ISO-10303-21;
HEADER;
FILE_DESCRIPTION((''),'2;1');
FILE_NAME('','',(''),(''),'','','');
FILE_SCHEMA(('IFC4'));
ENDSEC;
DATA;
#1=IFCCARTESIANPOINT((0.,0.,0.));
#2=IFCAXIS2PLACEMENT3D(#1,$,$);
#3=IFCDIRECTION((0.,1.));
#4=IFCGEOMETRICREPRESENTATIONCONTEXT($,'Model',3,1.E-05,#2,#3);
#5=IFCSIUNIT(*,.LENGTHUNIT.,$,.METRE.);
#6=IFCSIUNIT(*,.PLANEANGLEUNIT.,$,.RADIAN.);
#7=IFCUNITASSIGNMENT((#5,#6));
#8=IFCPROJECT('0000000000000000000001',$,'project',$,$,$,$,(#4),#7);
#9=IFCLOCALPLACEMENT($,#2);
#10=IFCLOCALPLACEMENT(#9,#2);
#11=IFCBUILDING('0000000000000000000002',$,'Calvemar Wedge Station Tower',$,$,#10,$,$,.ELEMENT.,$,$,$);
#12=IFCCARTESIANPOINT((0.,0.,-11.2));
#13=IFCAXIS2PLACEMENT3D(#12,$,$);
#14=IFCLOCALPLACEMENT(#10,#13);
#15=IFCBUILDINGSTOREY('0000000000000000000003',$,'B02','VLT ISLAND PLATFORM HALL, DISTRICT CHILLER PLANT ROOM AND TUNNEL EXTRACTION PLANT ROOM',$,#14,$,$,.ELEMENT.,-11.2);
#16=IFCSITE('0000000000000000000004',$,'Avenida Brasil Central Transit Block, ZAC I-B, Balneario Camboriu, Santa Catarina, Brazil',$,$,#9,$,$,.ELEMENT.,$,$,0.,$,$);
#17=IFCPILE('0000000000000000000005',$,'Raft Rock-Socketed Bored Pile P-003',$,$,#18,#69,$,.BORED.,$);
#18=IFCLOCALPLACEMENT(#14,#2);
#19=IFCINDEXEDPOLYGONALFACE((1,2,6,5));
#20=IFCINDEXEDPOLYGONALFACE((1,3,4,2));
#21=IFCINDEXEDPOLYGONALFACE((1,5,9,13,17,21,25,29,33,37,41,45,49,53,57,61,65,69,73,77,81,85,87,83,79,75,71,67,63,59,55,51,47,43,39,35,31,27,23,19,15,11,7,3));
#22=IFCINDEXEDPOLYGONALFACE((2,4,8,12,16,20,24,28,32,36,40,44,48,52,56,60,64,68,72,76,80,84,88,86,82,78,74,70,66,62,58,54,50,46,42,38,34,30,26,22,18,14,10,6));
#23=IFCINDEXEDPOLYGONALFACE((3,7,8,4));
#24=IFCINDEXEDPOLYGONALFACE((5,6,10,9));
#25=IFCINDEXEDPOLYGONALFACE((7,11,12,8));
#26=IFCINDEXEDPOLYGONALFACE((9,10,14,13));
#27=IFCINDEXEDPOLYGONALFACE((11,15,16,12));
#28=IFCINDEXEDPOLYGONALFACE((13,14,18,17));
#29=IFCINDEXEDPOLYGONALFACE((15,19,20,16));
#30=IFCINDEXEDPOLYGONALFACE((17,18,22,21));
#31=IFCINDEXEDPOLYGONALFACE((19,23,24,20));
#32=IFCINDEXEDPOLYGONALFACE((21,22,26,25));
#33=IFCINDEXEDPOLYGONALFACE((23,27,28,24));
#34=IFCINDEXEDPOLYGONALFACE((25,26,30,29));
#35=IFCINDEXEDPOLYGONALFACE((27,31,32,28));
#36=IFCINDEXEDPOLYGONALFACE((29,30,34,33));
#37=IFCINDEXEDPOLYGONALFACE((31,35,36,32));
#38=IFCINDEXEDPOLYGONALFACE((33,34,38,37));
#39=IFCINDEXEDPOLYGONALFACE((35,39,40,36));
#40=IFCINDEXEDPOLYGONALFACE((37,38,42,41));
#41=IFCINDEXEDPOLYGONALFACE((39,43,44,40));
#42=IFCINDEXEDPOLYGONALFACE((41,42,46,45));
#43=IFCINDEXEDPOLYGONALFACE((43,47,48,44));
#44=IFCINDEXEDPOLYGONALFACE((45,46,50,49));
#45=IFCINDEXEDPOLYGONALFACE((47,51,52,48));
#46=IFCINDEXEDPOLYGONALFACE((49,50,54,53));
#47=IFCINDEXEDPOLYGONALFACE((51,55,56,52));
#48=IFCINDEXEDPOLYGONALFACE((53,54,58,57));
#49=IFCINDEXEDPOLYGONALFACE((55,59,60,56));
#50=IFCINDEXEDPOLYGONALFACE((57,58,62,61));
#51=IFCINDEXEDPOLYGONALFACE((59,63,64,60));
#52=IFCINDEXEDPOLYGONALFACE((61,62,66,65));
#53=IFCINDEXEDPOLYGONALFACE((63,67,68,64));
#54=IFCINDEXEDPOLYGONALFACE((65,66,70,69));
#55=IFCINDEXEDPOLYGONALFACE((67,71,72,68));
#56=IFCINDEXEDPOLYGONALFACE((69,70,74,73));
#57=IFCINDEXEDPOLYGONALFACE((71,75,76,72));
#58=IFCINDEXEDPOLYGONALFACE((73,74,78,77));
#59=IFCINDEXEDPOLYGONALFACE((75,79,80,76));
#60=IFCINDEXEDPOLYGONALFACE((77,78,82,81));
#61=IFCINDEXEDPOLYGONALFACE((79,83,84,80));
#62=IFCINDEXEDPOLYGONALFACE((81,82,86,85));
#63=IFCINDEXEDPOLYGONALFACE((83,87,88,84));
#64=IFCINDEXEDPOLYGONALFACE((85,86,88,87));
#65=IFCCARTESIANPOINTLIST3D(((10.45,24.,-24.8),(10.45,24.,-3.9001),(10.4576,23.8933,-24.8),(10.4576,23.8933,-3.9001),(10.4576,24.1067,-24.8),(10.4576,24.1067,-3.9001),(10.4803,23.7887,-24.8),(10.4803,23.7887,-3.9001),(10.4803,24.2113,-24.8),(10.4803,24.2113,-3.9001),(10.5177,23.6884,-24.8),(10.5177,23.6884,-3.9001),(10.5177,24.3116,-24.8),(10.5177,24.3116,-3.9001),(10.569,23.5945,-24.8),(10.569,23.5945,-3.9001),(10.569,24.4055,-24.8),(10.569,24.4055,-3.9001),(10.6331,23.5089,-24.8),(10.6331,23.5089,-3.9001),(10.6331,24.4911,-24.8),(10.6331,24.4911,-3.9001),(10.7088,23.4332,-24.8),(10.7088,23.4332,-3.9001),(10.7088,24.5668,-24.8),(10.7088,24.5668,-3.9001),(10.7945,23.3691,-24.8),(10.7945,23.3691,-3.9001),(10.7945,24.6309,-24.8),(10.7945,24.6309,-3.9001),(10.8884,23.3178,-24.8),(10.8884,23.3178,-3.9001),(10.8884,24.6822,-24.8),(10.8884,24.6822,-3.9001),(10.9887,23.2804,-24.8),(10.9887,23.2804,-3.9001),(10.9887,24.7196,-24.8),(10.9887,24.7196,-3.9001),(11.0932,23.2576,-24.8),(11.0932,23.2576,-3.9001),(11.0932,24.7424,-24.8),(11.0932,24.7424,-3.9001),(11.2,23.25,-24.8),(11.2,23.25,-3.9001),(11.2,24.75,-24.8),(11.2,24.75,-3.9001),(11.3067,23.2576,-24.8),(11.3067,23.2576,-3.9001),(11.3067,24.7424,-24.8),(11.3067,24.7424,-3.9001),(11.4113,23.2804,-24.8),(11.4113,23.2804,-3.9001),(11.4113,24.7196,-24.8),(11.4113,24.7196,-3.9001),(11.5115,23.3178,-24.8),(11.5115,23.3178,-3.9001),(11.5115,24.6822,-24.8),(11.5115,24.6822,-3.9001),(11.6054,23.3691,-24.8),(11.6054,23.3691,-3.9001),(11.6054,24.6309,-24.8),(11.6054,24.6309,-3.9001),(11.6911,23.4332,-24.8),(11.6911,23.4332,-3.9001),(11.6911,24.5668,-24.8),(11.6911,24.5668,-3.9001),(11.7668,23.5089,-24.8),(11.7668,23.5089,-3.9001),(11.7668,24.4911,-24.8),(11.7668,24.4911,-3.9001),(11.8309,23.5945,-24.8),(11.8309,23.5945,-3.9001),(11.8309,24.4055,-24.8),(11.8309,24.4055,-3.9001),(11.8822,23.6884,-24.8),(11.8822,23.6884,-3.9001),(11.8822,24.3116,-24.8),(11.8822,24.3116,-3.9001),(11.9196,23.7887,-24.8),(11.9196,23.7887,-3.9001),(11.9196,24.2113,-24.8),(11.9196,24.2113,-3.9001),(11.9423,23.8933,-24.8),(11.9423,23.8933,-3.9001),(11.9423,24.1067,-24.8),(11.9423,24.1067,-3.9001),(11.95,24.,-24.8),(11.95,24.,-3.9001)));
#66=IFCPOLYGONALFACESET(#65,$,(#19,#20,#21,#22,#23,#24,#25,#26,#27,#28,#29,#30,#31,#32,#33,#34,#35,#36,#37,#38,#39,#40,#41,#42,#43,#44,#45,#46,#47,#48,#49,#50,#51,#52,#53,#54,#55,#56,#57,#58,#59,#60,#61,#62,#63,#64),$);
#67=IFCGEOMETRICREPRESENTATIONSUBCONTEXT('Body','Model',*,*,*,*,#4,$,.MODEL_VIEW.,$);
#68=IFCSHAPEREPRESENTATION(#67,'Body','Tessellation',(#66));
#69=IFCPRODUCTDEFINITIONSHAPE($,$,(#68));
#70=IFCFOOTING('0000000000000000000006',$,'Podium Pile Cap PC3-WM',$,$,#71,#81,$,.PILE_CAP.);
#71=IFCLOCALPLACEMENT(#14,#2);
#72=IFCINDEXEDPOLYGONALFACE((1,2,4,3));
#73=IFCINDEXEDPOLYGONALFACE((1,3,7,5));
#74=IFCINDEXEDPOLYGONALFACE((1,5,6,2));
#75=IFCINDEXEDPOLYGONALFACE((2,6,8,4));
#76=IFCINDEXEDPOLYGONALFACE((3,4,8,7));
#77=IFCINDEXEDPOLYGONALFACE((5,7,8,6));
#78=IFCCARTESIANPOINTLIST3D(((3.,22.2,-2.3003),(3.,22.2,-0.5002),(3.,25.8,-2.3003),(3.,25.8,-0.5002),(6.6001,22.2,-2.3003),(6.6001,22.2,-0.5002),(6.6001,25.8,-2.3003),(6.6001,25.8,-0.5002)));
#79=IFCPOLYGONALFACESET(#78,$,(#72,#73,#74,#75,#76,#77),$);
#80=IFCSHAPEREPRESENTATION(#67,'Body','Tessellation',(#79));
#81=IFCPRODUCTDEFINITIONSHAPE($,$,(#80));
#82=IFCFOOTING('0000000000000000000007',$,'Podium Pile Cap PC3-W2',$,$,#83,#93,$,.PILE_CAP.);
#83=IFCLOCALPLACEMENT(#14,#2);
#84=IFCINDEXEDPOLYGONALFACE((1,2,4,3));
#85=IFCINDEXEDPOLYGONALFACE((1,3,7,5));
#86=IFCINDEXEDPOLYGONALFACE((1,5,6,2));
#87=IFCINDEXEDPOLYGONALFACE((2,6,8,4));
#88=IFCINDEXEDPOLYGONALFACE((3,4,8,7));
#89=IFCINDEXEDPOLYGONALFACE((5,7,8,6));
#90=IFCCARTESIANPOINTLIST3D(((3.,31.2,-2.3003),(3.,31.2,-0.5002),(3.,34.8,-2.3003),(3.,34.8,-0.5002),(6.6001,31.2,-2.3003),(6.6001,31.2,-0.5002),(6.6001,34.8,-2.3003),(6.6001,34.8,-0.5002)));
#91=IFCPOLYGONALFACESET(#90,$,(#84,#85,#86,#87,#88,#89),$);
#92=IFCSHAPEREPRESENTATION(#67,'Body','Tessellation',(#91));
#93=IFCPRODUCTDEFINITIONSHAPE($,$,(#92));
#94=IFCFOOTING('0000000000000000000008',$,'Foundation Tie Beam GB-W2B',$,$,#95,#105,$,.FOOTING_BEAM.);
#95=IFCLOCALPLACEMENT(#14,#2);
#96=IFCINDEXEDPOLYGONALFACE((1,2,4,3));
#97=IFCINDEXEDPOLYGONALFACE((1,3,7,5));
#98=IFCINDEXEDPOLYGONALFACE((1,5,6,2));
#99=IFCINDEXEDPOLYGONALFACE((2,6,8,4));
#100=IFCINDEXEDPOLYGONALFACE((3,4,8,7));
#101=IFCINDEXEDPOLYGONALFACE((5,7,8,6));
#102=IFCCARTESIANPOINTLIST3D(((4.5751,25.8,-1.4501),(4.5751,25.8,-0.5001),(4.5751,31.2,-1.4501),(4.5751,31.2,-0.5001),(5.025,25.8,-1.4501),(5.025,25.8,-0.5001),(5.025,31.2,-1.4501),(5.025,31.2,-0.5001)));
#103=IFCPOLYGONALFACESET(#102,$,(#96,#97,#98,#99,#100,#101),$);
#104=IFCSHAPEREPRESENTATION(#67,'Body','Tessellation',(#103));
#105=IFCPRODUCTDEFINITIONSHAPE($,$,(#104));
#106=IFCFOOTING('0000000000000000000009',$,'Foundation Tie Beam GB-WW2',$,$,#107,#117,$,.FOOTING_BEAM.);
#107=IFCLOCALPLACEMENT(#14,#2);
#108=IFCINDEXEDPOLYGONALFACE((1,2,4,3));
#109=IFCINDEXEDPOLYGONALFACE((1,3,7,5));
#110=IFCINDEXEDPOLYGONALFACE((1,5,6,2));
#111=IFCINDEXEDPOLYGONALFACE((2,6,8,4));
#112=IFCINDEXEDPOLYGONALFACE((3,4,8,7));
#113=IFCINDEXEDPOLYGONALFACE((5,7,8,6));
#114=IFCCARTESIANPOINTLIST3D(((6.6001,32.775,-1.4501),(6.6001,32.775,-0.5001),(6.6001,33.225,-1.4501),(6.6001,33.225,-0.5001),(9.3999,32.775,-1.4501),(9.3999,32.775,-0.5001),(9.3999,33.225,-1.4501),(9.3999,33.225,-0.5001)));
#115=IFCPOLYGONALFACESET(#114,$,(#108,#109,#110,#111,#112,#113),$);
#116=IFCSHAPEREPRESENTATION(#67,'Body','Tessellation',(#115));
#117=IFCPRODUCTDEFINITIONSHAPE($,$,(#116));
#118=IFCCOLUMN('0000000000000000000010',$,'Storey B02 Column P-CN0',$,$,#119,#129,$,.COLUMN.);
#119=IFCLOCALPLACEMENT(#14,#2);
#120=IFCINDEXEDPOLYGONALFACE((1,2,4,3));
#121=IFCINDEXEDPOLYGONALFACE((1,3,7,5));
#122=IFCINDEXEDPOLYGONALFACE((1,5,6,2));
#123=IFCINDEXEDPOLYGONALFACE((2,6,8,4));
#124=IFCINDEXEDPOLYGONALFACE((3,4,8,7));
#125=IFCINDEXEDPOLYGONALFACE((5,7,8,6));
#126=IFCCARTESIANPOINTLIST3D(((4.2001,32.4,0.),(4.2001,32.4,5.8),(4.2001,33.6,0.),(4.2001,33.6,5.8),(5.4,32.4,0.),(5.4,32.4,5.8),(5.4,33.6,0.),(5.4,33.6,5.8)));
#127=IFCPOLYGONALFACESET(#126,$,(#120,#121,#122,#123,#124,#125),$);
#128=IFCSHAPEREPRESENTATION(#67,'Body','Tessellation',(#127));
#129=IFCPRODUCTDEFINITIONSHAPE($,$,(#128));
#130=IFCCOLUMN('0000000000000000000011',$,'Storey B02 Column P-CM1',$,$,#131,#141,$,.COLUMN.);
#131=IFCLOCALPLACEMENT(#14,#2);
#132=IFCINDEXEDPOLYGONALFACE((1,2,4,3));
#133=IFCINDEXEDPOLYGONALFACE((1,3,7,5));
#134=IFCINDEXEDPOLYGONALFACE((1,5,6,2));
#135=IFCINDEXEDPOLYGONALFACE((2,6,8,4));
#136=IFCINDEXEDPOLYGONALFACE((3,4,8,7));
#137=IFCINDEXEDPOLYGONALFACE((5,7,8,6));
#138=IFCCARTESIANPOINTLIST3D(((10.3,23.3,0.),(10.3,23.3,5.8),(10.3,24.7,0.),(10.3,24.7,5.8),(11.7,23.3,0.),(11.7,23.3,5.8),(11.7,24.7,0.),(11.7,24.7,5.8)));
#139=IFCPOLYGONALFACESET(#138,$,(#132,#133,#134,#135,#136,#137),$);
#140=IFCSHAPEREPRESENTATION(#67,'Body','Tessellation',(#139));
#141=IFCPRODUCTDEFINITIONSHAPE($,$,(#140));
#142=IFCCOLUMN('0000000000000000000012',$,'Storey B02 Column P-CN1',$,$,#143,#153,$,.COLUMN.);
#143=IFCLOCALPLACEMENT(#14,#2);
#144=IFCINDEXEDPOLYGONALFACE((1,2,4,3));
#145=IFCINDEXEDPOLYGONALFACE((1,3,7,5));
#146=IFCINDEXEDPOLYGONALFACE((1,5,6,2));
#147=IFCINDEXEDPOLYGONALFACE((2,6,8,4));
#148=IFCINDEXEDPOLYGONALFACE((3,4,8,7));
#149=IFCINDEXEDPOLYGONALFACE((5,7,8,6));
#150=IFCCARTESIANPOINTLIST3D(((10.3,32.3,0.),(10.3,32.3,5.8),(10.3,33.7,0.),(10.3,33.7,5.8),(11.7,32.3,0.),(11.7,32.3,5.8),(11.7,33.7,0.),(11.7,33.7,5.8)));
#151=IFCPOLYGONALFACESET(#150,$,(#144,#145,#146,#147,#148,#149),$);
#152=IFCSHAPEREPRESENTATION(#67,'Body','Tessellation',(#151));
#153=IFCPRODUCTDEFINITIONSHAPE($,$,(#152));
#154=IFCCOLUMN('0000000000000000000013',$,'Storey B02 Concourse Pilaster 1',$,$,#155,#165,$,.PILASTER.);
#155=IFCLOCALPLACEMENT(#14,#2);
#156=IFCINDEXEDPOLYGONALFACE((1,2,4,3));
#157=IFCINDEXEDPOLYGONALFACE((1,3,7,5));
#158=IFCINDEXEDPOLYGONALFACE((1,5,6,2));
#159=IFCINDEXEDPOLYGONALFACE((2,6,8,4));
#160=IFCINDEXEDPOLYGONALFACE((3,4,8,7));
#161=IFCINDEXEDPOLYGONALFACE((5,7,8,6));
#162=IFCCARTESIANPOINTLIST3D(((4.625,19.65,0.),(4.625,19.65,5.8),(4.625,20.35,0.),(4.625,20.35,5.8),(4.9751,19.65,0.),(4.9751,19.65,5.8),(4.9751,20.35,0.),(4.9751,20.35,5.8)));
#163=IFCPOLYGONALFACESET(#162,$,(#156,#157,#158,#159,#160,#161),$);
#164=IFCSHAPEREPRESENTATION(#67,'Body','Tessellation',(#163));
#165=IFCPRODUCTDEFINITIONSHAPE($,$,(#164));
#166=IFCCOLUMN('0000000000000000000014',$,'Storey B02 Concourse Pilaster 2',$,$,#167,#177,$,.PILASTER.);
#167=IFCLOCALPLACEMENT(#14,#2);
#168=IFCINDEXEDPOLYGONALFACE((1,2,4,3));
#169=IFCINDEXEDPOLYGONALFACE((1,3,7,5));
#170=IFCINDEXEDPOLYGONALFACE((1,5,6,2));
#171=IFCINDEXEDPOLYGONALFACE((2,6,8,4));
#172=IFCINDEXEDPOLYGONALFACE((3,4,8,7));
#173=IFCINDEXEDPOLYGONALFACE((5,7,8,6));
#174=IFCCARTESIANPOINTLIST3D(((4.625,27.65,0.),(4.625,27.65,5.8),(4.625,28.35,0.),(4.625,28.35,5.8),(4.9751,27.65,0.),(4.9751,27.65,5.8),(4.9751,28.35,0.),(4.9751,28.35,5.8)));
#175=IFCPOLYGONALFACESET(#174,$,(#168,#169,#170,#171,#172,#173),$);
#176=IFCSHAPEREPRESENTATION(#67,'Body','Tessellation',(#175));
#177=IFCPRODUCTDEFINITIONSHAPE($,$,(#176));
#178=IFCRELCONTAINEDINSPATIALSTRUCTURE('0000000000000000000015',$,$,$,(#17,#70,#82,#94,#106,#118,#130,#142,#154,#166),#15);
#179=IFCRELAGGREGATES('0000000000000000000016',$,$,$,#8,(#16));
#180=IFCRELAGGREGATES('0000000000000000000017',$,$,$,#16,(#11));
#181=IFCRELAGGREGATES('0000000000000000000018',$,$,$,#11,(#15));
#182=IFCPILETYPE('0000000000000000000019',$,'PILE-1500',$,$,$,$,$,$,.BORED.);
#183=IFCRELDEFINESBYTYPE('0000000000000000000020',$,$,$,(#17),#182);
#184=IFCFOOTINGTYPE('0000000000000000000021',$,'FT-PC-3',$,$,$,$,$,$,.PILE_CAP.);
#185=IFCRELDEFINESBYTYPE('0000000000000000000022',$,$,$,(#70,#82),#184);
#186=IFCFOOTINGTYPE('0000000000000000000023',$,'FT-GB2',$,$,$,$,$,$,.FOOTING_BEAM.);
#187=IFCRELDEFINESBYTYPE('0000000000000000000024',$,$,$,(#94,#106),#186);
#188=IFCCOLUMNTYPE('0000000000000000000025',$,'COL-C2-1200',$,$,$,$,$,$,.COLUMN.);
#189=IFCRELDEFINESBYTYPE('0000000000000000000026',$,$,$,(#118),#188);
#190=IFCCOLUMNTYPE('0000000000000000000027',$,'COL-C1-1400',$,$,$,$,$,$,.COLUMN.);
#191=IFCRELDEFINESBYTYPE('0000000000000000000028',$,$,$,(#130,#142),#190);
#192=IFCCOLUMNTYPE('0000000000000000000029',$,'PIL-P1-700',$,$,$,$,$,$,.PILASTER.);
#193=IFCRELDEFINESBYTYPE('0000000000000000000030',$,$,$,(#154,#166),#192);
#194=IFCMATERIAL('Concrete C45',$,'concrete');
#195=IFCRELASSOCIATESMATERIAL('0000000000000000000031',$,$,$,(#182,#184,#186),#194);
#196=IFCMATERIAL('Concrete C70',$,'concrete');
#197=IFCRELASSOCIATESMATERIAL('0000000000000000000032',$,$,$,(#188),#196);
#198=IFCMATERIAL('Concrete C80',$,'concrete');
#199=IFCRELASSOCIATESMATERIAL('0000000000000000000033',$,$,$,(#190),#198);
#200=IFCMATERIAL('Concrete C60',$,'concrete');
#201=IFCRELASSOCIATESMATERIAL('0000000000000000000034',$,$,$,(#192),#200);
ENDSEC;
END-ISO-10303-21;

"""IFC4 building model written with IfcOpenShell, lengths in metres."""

from ifc_helpers import new_model, si_unit, direction, frame, origin, origin_2d, place, context, subcontext, project, spatial, rectangle, circle, extrude, source, transform, mapped, material, material_profile, profile_set, type_object, element, save


model = new_model("IFC4")

# Units and contexts
model_context = context("Model", 3, precision=1e-05, world=origin(), true_north=direction((0.0, 1.0)))
body_context = subcontext(model_context, "Body", "Model", "MODEL_VIEW")
ifc_project = project(units=[si_unit("LENGTHUNIT", "METRE"), si_unit("PLANEANGLEUNIT", "RADIAN")], contexts=[model_context])

# Site, building, storey
site_placement = place(None, origin())
site = spatial("IfcSite", under=ifc_project, at=site_placement, Name="Avenida Brasil Central Transit Block, ZAC I-B, Balneario Camboriu, Santa Catarina, Brazil", CompositionType="ELEMENT", RefElevation=0.0)
building_placement = place(site_placement, origin())
building = spatial("IfcBuilding", under=site, at=building_placement, Name="Calvemar Wedge Station Tower", CompositionType="ELEMENT")
storey_placement = place(building_placement, frame((0.0, 0.0, -11.2)))
storey = spatial("IfcBuildingStorey", under=building, at=storey_placement, Name="B02", Description="VLT ISLAND PLATFORM HALL, DISTRICT CHILLER PLANT ROOM AND TUNNEL EXTRACTION PLANT ROOM", CompositionType="ELEMENT", Elevation=-11.2)

# Pile
ifc_material_1 = material(Name="Concrete C45", Category="concrete")
ifc_material_profile_1 = material_profile(ifc_material_1, circle(Radius=0.75, at=origin_2d()), Name="PILE-D1500")
ifc_profile_set_1 = profile_set([ifc_material_profile_1], Name="Concrete C45")
pile_type_1 = type_object("IfcPileType", Name="PILE-1500", PredefinedType="BORED", material=ifc_profile_set_1)
for number, where, z_axis, x_axis, name in (
    (1, (11.2, 24.0, -3.9001), (0.0, 0.0, -1.0), (1.0, 0.0, 0.0), "Raft Rock-Socketed Bored Pile P-003"),
):
    element("IfcPile", number, at=place(storey_placement, frame(where, z_axis=z_axis, x_axis=x_axis)), inside=storey, type_object=pile_type_1, Name=name, PredefinedType="BORED", context=body_context, shape_type="SweptSolid", body=[
        extrude(circle(Radius=0.75, at=origin_2d()), origin(), (0.0, 0.0, 1.0), 20.8999),
    ])

# Footings
footing_type_1 = type_object("IfcFootingType", Name="FT-PC-3", PredefinedType="PILE_CAP", material=ifc_material_1)
shared_shape_1 = source(origin(), body_context, "Body", "SweptSolid", [
    extrude(rectangle(XDim=3.6001, YDim=3.6001, at=origin_2d()), origin(), (0.0, 0.0, 1.0), 1.8),
])
for number, where, z_axis, x_axis, name in (
    (2, (4.8, 24.0, -2.3003), (0.0, 0.0, 1.0), (1.0, 0.0, 0.0), "Podium Pile Cap PC3-WM"),
    (3, (4.8, 33.0, -2.3003), (0.0, 0.0, 1.0), (1.0, 0.0, 0.0), "Podium Pile Cap PC3-W2"),
):
    element("IfcFooting", number, at=place(storey_placement, frame(where, z_axis=z_axis, x_axis=x_axis)), inside=storey, type_object=footing_type_1, Name=name, PredefinedType="PILE_CAP", context=body_context, shape_type="MappedRepresentation", body=[
        mapped(shared_shape_1, transform((0.0, 0.0, 0.0), scale=1.0)),
    ])
ifc_material_profile_2 = material_profile(ifc_material_1, rectangle(XDim=0.45, YDim=0.95, at=origin_2d()), Name="RC450x950")
ifc_profile_set_2 = profile_set([ifc_material_profile_2], Name="Concrete C45")
footing_type_2 = type_object("IfcFootingType", Name="FT-GB2", PredefinedType="FOOTING_BEAM", material=ifc_profile_set_2)
shared_shape_2 = source(origin(), body_context, "Body", "SweptSolid", [
    extrude(rectangle(XDim=0.45, YDim=0.95, at=origin_2d()), origin(), (0.0, 0.0, 1.0), 5.3999),
])
footing_1_placement = place(storey_placement, frame((4.8, 25.8, -0.9751), z_axis=(0.0, 1.0, 0.0), x_axis=(-1.0, 0.0, 0.0)))
element("IfcFooting", 4, at=footing_1_placement, inside=storey, type_object=footing_type_2, Name="Foundation Tie Beam GB-W2B", PredefinedType="FOOTING_BEAM", context=body_context, shape_type="MappedRepresentation", body=[
    mapped(shared_shape_2, transform((0.0, 0.0, 0.0), scale=1.0)),
])
shared_shape_3 = source(origin(), body_context, "Body", "SweptSolid", [
    extrude(rectangle(XDim=0.45, YDim=0.95, at=origin_2d()), origin(), (0.0, 0.0, 1.0), 2.7998),
])
footing_2_placement = place(storey_placement, frame((6.6001, 33.0, -0.9751), z_axis=(1.0, 0.0, 0.0), x_axis=(0.0, 1.0, 0.0)))
element("IfcFooting", 5, at=footing_2_placement, inside=storey, type_object=footing_type_2, Name="Foundation Tie Beam GB-WW2", PredefinedType="FOOTING_BEAM", context=body_context, shape_type="MappedRepresentation", body=[
    mapped(shared_shape_3, transform((0.0, 0.0, 0.0), scale=1.0)),
])

# Columns
ifc_material_2 = material(Name="Concrete C70", Category="concrete")
ifc_material_profile_3 = material_profile(ifc_material_2, rectangle(XDim=1.2, YDim=1.2, at=origin_2d()), Name="RC1200x1200")
ifc_profile_set_3 = profile_set([ifc_material_profile_3], Name="Concrete C70")
column_type_1 = type_object("IfcColumnType", Name="COL-C2-1200", PredefinedType="COLUMN", material=ifc_profile_set_3)
shared_shape_4 = source(origin(), body_context, "Body", "SweptSolid", [
    extrude(rectangle(XDim=1.2, YDim=1.2, at=origin_2d()), origin(), (0.0, 0.0, 1.0), 5.8),
])
column_placement = place(storey_placement, frame((4.8, 33.0, 0.0), z_axis=(0.0, 0.0, 1.0), x_axis=(1.0, 0.0, 0.0)))
element("IfcColumn", 6, at=column_placement, inside=storey, type_object=column_type_1, Name="Storey B02 Column P-CN0", PredefinedType="COLUMN", context=body_context, shape_type="MappedRepresentation", body=[
    mapped(shared_shape_4, transform((0.0, 0.0, 0.0), scale=1.0)),
])
ifc_material_3 = material(Name="Concrete C80", Category="concrete")
ifc_material_profile_4 = material_profile(ifc_material_3, rectangle(XDim=1.3999, YDim=1.3999, at=origin_2d()), Name="RC1400x1400")
ifc_profile_set_4 = profile_set([ifc_material_profile_4], Name="Concrete C80")
column_type_2 = type_object("IfcColumnType", Name="COL-C1-1400", PredefinedType="COLUMN", material=ifc_profile_set_4)
shared_shape_5 = source(origin(), body_context, "Body", "SweptSolid", [
    extrude(rectangle(XDim=1.3999, YDim=1.3999, at=origin_2d()), origin(), (0.0, 0.0, 1.0), 5.8),
])
for number, where, z_axis, x_axis, name in (
    (7, (11.0, 24.0, 0.0), (0.0, 0.0, 1.0), (1.0, 0.0, 0.0), "Storey B02 Column P-CM1"),
    (8, (11.0, 33.0, 0.0), (0.0, 0.0, 1.0), (1.0, 0.0, 0.0), "Storey B02 Column P-CN1"),
):
    element("IfcColumn", number, at=place(storey_placement, frame(where, z_axis=z_axis, x_axis=x_axis)), inside=storey, type_object=column_type_2, Name=name, PredefinedType="COLUMN", context=body_context, shape_type="MappedRepresentation", body=[
        mapped(shared_shape_5, transform((0.0, 0.0, 0.0), scale=1.0)),
    ])
ifc_material_4 = material(Name="Concrete C60", Category="concrete")
ifc_material_profile_5 = material_profile(ifc_material_4, rectangle(XDim=0.3501, YDim=0.7, at=origin_2d()), Name="RC350x700")
ifc_profile_set_5 = profile_set([ifc_material_profile_5], Name="Concrete C60")
column_type_3 = type_object("IfcColumnType", Name="PIL-P1-700", PredefinedType="PILASTER", material=ifc_profile_set_5)
shared_shape_6 = source(origin(), body_context, "Body", "SweptSolid", [
    extrude(rectangle(XDim=0.3501, YDim=0.7, at=origin_2d()), origin(), (0.0, 0.0, 1.0), 5.8),
])
for number, where, z_axis, x_axis, name in (
    (9, (4.8, 20.0, 0.0), (0.0, 0.0, 1.0), (1.0, 0.0, 0.0), "Storey B02 Concourse Pilaster 1"),
    (10, (4.8, 28.0, 0.0), (0.0, 0.0, 1.0), (1.0, 0.0, 0.0), "Storey B02 Concourse Pilaster 2"),
):
    element("IfcColumn", number, at=place(storey_placement, frame(where, z_axis=z_axis, x_axis=x_axis)), inside=storey, type_object=column_type_3, Name=name, PredefinedType="PILASTER", context=body_context, shape_type="MappedRepresentation", body=[
        mapped(shared_shape_6, transform((0.0, 0.0, 0.0), scale=1.0)),
    ])

save(model, "model.ifc")
